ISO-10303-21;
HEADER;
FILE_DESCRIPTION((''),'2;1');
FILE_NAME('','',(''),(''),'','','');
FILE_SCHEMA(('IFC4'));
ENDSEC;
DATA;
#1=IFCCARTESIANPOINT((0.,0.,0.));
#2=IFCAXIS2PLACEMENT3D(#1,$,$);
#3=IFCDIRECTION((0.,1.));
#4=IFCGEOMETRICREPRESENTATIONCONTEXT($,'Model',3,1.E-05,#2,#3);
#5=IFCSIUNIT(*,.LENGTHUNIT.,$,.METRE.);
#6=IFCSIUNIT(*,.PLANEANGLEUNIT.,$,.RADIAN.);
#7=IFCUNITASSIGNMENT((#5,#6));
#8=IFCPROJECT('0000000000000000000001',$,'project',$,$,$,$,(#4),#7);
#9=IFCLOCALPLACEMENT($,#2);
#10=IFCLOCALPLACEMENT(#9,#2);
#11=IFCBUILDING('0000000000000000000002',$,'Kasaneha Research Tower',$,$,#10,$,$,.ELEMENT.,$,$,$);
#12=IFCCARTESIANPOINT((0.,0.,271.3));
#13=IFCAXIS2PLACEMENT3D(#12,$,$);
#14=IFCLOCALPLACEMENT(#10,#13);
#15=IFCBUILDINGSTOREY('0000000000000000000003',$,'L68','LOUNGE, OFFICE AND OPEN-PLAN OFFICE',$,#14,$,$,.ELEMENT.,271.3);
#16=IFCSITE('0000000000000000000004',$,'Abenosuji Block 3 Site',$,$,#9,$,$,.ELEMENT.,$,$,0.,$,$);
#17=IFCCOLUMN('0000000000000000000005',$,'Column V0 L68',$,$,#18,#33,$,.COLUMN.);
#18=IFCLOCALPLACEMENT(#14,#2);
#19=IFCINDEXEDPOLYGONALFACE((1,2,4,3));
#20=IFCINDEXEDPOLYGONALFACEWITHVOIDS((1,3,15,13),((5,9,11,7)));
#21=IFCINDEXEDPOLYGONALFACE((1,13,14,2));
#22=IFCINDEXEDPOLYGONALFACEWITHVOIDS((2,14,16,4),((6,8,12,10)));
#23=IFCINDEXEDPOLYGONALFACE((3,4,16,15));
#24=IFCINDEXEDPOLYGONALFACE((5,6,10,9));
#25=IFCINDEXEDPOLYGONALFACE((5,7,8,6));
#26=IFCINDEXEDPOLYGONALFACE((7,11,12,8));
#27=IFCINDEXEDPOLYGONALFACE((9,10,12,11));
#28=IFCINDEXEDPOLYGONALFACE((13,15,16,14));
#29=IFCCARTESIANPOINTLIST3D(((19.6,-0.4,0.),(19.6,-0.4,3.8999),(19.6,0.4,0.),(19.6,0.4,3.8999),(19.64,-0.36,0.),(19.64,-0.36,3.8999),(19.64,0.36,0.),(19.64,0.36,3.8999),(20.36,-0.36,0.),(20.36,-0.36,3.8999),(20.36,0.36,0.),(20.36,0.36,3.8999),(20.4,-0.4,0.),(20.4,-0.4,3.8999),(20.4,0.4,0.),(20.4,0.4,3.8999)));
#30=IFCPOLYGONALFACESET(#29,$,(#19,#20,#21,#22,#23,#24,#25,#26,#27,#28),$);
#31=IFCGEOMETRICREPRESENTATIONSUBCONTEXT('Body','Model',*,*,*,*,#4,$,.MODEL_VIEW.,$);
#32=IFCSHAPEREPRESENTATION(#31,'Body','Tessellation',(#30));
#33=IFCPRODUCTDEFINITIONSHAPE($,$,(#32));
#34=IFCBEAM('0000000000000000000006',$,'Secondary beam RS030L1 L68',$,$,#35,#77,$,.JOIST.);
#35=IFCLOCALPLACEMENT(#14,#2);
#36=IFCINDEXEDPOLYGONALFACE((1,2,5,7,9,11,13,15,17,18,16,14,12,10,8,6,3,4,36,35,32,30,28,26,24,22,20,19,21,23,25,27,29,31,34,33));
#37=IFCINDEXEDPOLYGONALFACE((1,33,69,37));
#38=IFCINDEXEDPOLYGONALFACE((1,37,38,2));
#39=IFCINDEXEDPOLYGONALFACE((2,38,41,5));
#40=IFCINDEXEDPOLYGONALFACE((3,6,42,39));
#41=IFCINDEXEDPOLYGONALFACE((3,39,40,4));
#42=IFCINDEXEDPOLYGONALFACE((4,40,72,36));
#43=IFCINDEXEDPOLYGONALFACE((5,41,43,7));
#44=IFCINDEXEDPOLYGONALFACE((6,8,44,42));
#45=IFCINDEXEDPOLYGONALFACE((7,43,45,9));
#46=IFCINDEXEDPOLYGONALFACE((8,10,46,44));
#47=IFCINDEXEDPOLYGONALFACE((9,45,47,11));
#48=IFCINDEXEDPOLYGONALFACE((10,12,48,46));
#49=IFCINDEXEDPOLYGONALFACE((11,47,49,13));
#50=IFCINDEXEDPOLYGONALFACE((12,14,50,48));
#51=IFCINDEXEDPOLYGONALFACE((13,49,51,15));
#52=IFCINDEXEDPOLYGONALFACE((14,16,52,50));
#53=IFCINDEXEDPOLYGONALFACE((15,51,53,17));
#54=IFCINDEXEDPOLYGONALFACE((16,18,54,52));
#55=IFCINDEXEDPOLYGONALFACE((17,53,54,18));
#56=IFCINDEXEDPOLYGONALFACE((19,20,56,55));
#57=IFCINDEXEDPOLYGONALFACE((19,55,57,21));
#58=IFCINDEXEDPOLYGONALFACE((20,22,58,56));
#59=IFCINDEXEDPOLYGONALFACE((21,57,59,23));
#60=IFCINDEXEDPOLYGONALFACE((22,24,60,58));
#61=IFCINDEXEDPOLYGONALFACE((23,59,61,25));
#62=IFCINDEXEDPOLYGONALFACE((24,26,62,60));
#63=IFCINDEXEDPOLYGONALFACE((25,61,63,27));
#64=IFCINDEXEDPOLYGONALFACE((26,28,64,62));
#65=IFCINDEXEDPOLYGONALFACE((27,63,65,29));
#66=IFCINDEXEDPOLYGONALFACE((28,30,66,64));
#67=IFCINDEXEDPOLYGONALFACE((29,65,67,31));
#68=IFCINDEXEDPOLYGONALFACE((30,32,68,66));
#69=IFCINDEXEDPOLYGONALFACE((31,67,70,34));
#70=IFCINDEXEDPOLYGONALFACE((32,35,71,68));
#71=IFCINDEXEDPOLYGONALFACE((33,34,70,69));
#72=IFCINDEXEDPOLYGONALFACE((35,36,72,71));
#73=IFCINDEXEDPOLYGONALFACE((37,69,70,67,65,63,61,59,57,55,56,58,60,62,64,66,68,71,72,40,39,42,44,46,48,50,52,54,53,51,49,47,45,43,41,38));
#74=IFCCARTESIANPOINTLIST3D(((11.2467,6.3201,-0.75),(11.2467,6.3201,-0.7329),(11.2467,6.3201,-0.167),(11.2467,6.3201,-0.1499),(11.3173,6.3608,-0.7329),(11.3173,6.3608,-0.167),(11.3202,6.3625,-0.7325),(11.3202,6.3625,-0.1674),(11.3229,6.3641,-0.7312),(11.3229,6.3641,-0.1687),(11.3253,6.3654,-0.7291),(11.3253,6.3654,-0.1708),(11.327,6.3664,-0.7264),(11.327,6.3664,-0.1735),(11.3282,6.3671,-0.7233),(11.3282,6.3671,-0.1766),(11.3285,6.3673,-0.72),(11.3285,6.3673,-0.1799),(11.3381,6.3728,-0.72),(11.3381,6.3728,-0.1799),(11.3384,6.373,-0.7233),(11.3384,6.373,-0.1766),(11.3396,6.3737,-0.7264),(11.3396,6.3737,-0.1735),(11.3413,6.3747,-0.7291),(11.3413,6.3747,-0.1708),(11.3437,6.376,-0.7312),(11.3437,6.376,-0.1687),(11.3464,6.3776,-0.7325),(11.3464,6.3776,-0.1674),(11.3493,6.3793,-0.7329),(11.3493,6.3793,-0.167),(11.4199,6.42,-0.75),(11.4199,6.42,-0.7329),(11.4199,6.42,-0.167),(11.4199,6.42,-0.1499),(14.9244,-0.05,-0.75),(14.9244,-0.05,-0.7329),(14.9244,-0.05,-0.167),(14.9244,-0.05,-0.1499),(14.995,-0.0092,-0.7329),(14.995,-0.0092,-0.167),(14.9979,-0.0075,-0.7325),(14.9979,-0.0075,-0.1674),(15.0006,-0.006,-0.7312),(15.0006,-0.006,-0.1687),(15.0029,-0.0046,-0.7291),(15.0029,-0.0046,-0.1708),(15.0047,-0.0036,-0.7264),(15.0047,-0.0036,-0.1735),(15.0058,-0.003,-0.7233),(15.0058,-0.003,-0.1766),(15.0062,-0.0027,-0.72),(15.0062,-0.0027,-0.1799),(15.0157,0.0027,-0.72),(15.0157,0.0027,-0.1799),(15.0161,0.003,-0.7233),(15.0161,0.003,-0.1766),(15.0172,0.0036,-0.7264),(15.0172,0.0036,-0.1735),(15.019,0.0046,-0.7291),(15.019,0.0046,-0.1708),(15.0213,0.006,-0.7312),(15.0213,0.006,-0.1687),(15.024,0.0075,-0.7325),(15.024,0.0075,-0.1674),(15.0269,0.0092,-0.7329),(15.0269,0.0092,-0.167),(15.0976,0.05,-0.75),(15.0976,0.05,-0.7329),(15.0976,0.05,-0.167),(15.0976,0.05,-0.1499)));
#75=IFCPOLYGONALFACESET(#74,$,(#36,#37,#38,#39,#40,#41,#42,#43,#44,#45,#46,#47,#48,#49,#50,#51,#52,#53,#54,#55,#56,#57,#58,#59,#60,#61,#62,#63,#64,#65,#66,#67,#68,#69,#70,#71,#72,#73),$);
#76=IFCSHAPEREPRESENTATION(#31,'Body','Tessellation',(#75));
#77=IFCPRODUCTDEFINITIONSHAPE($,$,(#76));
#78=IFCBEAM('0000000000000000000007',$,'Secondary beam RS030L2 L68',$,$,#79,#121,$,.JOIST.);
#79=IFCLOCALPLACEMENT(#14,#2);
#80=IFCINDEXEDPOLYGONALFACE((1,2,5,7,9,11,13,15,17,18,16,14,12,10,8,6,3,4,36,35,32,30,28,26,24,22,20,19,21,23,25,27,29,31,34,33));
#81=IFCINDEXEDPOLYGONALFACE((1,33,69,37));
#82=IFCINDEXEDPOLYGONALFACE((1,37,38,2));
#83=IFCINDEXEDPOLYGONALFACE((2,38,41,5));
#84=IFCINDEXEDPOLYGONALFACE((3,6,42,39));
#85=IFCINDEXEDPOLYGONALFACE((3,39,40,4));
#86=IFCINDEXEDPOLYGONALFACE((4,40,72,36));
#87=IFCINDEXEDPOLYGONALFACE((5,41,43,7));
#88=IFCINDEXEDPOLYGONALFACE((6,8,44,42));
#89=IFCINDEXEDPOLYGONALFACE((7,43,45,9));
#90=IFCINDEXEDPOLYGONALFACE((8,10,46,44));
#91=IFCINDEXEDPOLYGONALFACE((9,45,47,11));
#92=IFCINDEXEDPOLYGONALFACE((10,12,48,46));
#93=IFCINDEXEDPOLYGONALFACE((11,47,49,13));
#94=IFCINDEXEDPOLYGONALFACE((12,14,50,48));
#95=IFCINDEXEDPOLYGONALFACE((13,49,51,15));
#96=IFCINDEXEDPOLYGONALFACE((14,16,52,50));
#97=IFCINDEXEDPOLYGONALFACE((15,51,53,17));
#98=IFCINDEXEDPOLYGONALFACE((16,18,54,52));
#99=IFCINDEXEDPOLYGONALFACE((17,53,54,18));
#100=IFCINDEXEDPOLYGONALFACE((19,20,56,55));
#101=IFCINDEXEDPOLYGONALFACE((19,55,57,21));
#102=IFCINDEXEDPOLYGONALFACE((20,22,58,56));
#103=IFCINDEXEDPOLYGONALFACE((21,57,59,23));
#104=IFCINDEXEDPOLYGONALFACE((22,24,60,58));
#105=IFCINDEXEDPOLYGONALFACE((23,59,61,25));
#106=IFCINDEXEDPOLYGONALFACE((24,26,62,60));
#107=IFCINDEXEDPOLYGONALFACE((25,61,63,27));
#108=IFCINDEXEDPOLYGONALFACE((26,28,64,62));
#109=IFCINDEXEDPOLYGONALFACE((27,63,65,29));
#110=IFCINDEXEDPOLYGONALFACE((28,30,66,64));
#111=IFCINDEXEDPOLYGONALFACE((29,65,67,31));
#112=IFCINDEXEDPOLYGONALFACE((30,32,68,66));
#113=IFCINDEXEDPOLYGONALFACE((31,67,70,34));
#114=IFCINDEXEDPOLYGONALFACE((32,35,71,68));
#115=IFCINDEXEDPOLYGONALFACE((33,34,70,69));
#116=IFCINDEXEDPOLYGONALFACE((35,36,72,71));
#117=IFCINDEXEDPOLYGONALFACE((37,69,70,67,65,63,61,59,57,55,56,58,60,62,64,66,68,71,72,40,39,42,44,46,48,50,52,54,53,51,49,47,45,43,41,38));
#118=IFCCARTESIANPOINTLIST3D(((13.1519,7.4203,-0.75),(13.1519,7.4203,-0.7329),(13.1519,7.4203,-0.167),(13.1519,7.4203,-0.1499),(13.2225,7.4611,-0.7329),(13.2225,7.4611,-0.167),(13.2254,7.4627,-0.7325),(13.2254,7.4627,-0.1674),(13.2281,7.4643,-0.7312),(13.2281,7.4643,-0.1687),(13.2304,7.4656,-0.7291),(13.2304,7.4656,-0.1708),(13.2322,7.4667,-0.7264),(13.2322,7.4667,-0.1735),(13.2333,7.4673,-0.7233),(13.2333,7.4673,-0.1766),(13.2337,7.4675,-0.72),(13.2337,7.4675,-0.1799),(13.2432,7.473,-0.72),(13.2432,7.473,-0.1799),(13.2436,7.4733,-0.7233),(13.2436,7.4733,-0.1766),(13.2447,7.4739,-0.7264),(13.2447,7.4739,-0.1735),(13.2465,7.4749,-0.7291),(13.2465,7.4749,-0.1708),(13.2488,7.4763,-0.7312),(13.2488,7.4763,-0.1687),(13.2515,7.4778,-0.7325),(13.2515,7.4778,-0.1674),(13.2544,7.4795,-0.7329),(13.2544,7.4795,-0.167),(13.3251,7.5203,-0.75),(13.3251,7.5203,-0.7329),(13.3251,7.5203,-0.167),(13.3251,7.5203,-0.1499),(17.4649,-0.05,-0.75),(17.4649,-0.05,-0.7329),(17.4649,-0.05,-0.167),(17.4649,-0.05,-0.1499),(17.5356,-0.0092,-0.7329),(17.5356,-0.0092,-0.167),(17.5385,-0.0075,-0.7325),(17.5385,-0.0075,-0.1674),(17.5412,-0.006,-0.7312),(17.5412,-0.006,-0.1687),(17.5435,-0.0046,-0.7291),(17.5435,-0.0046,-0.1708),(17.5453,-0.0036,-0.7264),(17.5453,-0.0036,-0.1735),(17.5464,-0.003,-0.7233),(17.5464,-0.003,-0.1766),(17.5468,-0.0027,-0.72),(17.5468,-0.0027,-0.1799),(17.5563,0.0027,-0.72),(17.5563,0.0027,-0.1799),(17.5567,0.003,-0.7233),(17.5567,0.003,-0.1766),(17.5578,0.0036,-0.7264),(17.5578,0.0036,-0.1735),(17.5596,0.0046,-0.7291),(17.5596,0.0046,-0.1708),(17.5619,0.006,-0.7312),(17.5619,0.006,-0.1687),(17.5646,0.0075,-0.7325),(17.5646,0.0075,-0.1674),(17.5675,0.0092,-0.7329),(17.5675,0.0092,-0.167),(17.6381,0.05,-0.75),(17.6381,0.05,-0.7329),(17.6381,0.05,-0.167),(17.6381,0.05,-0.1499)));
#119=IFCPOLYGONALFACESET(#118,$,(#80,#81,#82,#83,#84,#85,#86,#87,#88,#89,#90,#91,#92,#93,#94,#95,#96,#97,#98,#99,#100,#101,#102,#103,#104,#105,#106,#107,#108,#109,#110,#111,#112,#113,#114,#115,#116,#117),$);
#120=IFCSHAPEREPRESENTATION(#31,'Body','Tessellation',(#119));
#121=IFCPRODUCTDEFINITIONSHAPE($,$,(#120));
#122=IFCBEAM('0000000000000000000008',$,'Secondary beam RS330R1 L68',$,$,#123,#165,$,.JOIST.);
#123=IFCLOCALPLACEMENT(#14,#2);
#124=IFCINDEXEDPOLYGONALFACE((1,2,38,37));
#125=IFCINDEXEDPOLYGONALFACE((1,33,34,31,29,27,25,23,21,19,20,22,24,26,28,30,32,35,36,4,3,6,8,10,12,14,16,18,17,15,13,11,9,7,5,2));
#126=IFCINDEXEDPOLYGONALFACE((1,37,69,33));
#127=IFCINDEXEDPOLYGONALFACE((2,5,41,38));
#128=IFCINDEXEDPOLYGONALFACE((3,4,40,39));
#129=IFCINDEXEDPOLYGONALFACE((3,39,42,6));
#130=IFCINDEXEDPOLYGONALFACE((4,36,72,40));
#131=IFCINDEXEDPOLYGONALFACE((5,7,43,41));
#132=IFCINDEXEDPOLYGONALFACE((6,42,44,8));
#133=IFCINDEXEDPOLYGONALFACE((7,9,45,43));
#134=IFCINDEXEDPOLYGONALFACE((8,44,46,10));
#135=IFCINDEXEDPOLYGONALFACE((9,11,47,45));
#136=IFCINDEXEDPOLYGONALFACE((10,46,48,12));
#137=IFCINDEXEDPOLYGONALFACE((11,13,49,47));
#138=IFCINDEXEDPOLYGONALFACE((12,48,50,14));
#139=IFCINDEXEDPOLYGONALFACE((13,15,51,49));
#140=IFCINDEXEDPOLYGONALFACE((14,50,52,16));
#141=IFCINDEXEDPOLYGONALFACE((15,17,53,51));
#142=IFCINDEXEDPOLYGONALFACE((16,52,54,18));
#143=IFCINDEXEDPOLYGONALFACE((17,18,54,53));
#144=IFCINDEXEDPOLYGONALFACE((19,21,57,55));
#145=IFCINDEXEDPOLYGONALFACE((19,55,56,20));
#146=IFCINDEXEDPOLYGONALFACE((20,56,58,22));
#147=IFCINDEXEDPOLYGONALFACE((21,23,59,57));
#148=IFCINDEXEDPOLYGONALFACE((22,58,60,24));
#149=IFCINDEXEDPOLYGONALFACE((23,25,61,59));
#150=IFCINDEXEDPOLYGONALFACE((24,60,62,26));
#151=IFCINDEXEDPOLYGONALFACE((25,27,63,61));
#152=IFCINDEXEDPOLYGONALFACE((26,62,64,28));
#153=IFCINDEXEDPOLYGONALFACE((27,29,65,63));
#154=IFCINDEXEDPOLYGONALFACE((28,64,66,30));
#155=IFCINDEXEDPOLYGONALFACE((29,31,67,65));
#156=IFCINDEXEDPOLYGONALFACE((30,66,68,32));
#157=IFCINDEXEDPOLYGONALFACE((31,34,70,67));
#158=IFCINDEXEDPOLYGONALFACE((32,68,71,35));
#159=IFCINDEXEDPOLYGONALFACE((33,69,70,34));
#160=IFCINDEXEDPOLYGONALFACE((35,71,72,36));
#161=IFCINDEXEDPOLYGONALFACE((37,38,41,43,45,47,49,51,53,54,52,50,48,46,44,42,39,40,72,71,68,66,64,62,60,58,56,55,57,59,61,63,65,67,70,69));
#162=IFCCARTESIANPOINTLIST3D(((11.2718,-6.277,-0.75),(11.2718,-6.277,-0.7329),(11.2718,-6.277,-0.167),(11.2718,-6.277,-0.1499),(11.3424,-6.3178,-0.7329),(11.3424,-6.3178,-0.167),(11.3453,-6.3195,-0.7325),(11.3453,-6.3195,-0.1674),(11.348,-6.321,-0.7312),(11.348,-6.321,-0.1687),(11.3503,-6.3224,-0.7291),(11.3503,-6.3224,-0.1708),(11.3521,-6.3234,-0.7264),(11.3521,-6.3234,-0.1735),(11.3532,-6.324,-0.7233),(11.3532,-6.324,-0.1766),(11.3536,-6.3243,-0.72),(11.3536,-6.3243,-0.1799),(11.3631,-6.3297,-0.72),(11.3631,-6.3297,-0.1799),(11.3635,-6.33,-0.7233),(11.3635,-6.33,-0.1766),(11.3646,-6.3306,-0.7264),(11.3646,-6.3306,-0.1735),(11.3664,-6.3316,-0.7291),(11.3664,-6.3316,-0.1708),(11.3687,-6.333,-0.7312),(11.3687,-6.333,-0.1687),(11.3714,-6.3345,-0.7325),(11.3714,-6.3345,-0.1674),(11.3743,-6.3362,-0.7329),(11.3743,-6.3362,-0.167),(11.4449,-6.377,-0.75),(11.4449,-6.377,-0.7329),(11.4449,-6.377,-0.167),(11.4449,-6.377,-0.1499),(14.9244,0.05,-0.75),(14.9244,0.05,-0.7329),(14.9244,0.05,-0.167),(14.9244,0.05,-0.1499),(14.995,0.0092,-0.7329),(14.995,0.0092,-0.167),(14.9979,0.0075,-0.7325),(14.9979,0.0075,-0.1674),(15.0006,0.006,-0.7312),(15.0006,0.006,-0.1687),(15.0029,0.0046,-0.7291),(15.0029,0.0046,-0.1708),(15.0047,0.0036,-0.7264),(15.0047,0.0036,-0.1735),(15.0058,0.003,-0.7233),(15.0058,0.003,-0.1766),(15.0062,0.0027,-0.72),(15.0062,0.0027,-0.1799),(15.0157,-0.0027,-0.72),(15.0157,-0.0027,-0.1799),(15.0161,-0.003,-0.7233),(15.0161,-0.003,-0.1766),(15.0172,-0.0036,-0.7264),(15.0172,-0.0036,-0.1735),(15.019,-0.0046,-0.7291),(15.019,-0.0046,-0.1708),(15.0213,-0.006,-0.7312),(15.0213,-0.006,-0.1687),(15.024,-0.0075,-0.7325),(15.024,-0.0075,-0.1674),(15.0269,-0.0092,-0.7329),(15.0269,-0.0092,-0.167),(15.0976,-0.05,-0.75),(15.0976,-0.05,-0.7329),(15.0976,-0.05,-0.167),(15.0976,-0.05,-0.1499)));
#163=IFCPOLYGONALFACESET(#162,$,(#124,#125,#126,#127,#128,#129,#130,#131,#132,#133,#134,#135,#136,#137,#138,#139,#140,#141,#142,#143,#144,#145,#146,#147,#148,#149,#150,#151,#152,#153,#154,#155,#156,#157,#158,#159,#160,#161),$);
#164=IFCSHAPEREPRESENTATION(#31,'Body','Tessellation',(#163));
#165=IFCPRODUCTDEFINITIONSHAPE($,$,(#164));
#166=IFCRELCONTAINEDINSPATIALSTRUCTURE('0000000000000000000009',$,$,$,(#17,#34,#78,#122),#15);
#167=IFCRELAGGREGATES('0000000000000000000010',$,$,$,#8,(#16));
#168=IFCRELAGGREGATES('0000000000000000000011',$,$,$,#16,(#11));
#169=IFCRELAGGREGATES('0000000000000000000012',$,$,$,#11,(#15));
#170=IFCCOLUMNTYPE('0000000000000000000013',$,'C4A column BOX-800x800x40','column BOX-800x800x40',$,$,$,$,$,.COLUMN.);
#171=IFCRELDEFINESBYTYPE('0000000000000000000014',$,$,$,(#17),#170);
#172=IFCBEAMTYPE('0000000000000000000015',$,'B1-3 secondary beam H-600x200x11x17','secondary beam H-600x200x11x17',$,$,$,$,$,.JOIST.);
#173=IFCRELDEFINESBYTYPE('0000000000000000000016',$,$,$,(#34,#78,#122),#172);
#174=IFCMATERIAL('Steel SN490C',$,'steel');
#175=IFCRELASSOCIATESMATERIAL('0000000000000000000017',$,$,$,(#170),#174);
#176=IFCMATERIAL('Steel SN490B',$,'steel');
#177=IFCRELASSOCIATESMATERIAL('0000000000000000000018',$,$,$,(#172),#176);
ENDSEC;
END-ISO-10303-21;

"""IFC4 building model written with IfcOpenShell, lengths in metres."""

from ifc_helpers import new_model, si_unit, direction, frame, origin, origin_2d, place, context, subcontext, project, spatial, hollow_rectangle, i_section, extrude, material, material_profile, profile_set, type_object, element, save


model = new_model("IFC4")

# Units and contexts
model_context = context("Model", 3, precision=1e-05, world=origin(), true_north=direction((0.0, 1.0)))
body_context = subcontext(model_context, "Body", "Model", "MODEL_VIEW")
ifc_project = project(units=[si_unit("LENGTHUNIT", "METRE"), si_unit("PLANEANGLEUNIT", "RADIAN")], contexts=[model_context])

# Site, building, storey
site_placement = place(None, origin())
site = spatial("IfcSite", under=ifc_project, at=site_placement, Name="Abenosuji Block 3 Site", CompositionType="ELEMENT", RefElevation=0.0)
building_placement = place(site_placement, origin())
building = spatial("IfcBuilding", under=site, at=building_placement, Name="Kasaneha Research Tower", CompositionType="ELEMENT")
storey_placement = place(building_placement, frame((0.0, 0.0, 271.3)))
storey = spatial("IfcBuildingStorey", under=building, at=storey_placement, Name="L68", Description="LOUNGE, OFFICE AND OPEN-PLAN OFFICE", CompositionType="ELEMENT", Elevation=271.3)

# Column
ifc_material_1 = material(Name="Steel SN490C", Category="steel")
ifc_material_profile_1 = material_profile(ifc_material_1, hollow_rectangle(XDim=0.8, YDim=0.8, WallThickness=0.04, at=origin_2d()), Name="BOX-800x800x40")
ifc_profile_set_1 = profile_set([ifc_material_profile_1], Name="Steel SN490C")
column_type = type_object("IfcColumnType", Name="C4A column BOX-800x800x40", Description="column BOX-800x800x40", PredefinedType="COLUMN", material=ifc_profile_set_1)
column_placement = place(storey_placement, frame((20.0, 0.0, 0.0), z_axis=(0.0, 0.0, 1.0), x_axis=(1.0, 0.0, 0.0)))
element("IfcColumn", 1, at=column_placement, inside=storey, type_object=column_type, Name="Column V0 L68", PredefinedType="COLUMN", context=body_context, shape_type="SweptSolid", body=[
    extrude(hollow_rectangle(XDim=0.8, YDim=0.8, WallThickness=0.04, at=origin_2d()), origin(), (0.0, 0.0, 1.0), 3.8999),
])

# Beams
ifc_material_2 = material(Name="Steel SN490B", Category="steel")
ifc_material_profile_2 = material_profile(ifc_material_2, i_section(OverallWidth=0.2, OverallDepth=0.6001, WebThickness=0.011, FlangeThickness=0.0171, FilletRadius=0.0129, at=origin_2d()), Name="H-600x200x11x17")
ifc_profile_set_2 = profile_set([ifc_material_profile_2], Name="Steel SN490B")
beam_type_1 = type_object("IfcBeamType", Name="B1-3 secondary beam H-600x200x11x17", Description="secondary beam H-600x200x11x17", PredefinedType="JOIST", material=ifc_profile_set_2)
beam_1_placement = place(storey_placement, frame((15.011, 0.0, -0.45), z_axis=(-0.499994, 0.866029, 0.0), x_axis=(-0.866029, -0.499994, 0.0)))
element("IfcBeam", 2, at=beam_1_placement, inside=storey, type_object=beam_type_1, Name="Secondary beam RS030L1 L68", PredefinedType="JOIST", context=body_context, shape_type="SweptSolid", body=[
    extrude(i_section(OverallWidth=0.2, OverallDepth=0.6001, WebThickness=0.011, FlangeThickness=0.0171, FilletRadius=0.0129, at=origin_2d()), origin(), (0.0, 0.0, 1.0), 7.3555),
])
beam_2_placement = place(storey_placement, frame((17.5515, 0.0, -0.45), z_axis=(-0.500005, 0.866023, 0.0), x_axis=(-0.866023, -0.500005, 0.0)))
element("IfcBeam", 3, at=beam_2_placement, inside=storey, type_object=beam_type_1, Name="Secondary beam RS030L2 L68", PredefinedType="JOIST", context=body_context, shape_type="SweptSolid", body=[
    extrude(i_section(OverallWidth=0.2, OverallDepth=0.6001, WebThickness=0.011, FlangeThickness=0.0171, FilletRadius=0.0129, at=origin_2d()), origin(), (0.0, 0.0, 1.0), 8.626),
])
beam_3_placement = place(storey_placement, frame((15.011, 0.0, -0.45), z_axis=(-0.499974, -0.86604, 0.0), x_axis=(0.86604, -0.499974, 0.0)))
element("IfcBeam", 4, at=beam_3_placement, inside=storey, type_object=beam_type_1, Name="Secondary beam RS330R1 L68", PredefinedType="JOIST", context=body_context, shape_type="SweptSolid", body=[
    extrude(i_section(OverallWidth=0.2, OverallDepth=0.6001, WebThickness=0.011, FlangeThickness=0.0171, FilletRadius=0.0129, at=origin_2d()), origin(), (0.0, 0.0, 1.0), 7.3057),
])

save(model, "model.ifc")
